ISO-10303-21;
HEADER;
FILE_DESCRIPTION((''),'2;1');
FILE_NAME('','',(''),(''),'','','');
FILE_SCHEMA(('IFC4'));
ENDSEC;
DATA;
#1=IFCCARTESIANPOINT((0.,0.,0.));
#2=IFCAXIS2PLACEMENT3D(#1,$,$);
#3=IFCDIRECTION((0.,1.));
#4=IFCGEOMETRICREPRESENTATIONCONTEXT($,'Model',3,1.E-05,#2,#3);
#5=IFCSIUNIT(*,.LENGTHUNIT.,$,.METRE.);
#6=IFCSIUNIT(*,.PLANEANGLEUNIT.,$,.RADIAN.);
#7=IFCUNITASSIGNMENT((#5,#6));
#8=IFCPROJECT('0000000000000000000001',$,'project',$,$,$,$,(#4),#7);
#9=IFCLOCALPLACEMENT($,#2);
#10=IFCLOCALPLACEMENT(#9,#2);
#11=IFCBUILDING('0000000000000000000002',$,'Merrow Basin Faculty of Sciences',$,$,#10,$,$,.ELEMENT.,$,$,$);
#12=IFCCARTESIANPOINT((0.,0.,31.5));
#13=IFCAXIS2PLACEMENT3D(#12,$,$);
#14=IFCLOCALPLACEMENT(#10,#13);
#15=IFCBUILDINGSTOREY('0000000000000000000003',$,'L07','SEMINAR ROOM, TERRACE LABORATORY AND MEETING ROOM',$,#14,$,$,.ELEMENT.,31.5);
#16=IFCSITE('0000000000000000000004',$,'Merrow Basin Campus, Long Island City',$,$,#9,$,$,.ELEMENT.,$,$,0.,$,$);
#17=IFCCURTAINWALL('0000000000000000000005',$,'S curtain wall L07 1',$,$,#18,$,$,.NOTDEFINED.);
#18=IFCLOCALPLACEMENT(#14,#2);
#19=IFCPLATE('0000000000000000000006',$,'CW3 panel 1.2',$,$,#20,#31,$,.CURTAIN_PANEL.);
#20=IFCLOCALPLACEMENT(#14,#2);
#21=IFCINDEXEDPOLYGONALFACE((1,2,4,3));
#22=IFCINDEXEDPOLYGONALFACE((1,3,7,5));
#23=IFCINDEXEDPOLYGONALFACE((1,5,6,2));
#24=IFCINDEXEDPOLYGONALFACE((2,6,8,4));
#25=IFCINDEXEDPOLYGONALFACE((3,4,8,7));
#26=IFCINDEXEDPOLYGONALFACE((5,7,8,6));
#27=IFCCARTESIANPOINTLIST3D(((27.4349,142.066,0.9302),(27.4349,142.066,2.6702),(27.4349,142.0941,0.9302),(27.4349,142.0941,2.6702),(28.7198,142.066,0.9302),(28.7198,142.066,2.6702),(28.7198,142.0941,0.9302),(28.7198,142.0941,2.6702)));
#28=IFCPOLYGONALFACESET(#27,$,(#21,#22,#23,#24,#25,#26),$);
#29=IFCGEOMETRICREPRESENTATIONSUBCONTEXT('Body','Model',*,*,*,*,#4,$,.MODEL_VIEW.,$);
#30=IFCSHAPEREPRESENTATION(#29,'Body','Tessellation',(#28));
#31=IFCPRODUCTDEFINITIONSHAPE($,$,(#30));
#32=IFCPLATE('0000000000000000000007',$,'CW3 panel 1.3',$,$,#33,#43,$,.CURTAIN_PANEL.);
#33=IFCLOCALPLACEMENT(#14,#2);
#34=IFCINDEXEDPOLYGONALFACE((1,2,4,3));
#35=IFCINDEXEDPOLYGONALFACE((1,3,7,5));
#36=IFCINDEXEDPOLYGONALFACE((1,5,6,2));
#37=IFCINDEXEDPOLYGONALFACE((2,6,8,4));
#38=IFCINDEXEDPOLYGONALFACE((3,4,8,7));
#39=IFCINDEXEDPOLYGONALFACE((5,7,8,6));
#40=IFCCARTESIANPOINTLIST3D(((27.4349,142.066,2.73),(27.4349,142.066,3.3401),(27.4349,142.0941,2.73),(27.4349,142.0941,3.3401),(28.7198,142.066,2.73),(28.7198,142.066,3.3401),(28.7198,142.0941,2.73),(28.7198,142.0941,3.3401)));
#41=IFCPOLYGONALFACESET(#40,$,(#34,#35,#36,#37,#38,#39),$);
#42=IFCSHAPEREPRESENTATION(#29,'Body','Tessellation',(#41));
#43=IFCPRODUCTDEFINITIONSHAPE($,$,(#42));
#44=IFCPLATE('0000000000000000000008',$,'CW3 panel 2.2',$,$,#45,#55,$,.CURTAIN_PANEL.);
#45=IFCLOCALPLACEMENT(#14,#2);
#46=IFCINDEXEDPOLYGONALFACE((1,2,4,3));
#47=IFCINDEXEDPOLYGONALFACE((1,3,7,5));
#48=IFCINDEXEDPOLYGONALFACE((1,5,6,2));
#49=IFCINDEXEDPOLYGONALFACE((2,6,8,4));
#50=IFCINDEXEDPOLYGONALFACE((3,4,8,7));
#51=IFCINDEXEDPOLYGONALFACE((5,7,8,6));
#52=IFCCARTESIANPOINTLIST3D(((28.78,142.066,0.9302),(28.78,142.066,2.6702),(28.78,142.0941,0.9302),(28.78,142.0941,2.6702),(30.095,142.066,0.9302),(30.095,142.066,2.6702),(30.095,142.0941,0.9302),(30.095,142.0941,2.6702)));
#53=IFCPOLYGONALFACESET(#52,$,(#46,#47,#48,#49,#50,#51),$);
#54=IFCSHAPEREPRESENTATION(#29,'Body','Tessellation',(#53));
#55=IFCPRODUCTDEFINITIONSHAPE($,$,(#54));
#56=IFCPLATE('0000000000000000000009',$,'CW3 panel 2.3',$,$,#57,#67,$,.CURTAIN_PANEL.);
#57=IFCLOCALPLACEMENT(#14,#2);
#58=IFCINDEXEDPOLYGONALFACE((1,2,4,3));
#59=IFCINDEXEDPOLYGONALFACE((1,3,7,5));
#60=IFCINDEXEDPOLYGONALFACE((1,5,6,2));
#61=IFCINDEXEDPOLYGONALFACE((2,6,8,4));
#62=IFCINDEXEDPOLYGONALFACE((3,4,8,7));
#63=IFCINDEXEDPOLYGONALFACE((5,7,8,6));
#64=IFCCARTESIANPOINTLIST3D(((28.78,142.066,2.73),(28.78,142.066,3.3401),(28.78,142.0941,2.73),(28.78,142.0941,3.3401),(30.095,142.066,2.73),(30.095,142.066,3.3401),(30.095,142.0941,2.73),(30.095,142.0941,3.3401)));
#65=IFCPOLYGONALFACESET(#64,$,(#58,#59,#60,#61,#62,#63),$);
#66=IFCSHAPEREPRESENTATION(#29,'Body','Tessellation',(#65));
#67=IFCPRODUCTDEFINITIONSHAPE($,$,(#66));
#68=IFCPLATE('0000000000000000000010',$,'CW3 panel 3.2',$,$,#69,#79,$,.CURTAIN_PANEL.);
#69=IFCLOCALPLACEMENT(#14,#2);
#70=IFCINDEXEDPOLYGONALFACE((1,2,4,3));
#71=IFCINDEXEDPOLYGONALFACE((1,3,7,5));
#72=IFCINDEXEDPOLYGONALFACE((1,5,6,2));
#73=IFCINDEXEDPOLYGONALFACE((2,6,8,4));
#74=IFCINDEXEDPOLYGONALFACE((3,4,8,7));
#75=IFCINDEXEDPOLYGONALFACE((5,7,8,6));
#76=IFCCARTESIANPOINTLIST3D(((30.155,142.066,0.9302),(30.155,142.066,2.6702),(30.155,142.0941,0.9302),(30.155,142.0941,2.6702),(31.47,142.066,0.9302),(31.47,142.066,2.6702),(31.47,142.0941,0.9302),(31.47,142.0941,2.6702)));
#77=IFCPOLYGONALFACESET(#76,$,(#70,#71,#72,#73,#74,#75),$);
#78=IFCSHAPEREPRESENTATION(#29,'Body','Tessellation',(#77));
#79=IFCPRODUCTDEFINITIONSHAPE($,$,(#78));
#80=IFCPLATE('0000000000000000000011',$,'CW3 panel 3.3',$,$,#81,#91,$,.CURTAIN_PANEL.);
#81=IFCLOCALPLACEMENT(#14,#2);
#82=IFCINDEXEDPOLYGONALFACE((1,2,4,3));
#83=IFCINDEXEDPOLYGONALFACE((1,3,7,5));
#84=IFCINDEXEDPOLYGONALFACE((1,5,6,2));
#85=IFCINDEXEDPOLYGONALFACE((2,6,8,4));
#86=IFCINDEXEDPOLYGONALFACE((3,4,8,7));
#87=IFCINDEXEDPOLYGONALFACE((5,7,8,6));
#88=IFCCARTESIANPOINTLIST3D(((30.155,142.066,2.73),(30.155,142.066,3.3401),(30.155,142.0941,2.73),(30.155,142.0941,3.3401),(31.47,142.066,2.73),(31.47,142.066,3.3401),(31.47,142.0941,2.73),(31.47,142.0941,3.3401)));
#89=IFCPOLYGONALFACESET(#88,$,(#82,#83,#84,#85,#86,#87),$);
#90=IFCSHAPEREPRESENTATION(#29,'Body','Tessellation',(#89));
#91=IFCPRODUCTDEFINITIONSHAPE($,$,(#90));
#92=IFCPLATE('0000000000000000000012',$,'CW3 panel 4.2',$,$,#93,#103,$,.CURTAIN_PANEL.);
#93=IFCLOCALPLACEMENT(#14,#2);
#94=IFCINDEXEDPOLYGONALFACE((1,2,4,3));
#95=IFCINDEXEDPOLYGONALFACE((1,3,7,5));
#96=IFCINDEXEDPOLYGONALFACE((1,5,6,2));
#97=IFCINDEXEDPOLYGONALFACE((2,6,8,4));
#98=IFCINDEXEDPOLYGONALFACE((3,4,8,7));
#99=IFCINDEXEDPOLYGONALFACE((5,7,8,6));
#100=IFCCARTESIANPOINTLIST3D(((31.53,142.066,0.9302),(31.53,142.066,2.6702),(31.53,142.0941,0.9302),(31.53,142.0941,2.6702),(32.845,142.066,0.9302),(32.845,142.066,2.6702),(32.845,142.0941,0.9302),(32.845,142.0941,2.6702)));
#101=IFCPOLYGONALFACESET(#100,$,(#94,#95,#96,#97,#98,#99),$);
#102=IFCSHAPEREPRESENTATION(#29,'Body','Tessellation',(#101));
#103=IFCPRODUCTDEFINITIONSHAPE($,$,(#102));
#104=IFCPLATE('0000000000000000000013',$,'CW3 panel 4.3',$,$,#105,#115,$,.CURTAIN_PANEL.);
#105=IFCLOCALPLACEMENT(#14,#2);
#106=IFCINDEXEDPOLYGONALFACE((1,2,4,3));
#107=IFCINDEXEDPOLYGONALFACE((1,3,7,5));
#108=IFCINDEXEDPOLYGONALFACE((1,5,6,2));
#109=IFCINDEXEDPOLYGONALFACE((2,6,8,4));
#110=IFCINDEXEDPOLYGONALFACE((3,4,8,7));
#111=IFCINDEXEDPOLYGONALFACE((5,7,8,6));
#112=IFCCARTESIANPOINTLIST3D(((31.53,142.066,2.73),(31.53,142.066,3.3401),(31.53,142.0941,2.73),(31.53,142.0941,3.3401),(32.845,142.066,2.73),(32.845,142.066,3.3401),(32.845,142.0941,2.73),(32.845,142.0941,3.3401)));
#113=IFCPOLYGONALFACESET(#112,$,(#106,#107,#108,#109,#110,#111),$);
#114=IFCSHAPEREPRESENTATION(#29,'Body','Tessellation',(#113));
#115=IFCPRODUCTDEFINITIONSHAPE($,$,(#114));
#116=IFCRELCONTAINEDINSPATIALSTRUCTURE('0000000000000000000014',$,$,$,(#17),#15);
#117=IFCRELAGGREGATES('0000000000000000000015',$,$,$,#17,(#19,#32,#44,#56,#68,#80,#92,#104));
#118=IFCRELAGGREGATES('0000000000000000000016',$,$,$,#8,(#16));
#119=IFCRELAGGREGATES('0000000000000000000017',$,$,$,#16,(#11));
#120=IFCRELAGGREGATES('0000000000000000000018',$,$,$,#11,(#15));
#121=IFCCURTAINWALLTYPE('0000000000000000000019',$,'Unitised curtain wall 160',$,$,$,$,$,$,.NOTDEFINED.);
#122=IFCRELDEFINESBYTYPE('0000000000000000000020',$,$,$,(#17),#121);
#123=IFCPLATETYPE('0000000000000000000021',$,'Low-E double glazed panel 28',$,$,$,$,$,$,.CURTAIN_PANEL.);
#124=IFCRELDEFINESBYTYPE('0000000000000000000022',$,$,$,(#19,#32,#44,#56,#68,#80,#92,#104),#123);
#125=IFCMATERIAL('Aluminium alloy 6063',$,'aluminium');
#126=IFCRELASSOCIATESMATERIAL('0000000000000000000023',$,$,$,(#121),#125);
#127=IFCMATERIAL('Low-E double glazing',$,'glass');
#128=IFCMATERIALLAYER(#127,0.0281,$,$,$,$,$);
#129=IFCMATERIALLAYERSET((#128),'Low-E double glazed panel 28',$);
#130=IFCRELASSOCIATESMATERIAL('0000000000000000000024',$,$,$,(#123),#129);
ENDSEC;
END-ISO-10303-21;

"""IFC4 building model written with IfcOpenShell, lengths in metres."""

from ifc_helpers import new_model, si_unit, direction, frame, origin, origin_2d, place, context, subcontext, project, spatial, rectangle, extrude, material, layer, layer_set, type_object, element, aggregate, save


model = new_model("IFC4")

# Units and contexts
model_context = context("Model", 3, precision=1e-05, world=origin(), true_north=direction((0.0, 1.0)))
body_context = subcontext(model_context, "Body", "Model", "MODEL_VIEW")
ifc_project = project(units=[si_unit("LENGTHUNIT", "METRE"), si_unit("PLANEANGLEUNIT", "RADIAN")], contexts=[model_context])

# Site, building, storey
site_placement = place(None, origin())
site = spatial("IfcSite", under=ifc_project, at=site_placement, Name="Merrow Basin Campus, Long Island City", CompositionType="ELEMENT", RefElevation=0.0)
building_placement = place(site_placement, origin())
building = spatial("IfcBuilding", under=site, at=building_placement, Name="Merrow Basin Faculty of Sciences", CompositionType="ELEMENT")
storey_placement = place(building_placement, frame((0.0, 0.0, 31.5)))
storey = spatial("IfcBuildingStorey", under=building, at=storey_placement, Name="L07", Description="SEMINAR ROOM, TERRACE LABORATORY AND MEETING ROOM", CompositionType="ELEMENT", Elevation=31.5)

# Curtain wall, plates
ifc_material_1 = material(Name="Aluminium alloy 6063", Category="aluminium")
curtain_wall_type = type_object("IfcCurtainWallType", Name="Unitised curtain wall 160", PredefinedType="NOTDEFINED", material=ifc_material_1)
curtain_wall_placement = place(storey_placement, origin())
curtain_wall = element("IfcCurtainWall", 1, at=curtain_wall_placement, inside=storey, type_object=curtain_wall_type, Name="S curtain wall L07 1", PredefinedType="NOTDEFINED")
ifc_material_2 = material(Name="Low-E double glazing", Category="glass")
ifc_layer_1 = layer(ifc_material_2, 0.0281)
ifc_layer_set_1 = layer_set([ifc_layer_1], Name="Low-E double glazed panel 28")
plate_type_1 = type_object("IfcPlateType", Name="Low-E double glazed panel 28", PredefinedType="CURTAIN_PANEL", material=ifc_layer_set_1)
plate_1_placement = place(storey_placement, frame((28.0774, 142.0801, 0.9302), z_axis=(0.0, 0.0, 1.0), x_axis=(1.0, 0.0, 0.0)))
plate_1 = element("IfcPlate", 2, at=plate_1_placement, type_object=plate_type_1, Name="CW3 panel 1.2", PredefinedType="CURTAIN_PANEL", context=body_context, shape_type="SweptSolid", body=[
    extrude(rectangle(XDim=1.2849, YDim=0.0281, at=origin_2d()), origin(), (0.0, 0.0, 1.0), 1.74),
])
plate_2_placement = place(storey_placement, frame((28.0774, 142.0801, 2.73), z_axis=(0.0, 0.0, 1.0), x_axis=(1.0, 0.0, 0.0)))
plate_2 = element("IfcPlate", 3, at=plate_2_placement, type_object=plate_type_1, Name="CW3 panel 1.3", PredefinedType="CURTAIN_PANEL", context=body_context, shape_type="SweptSolid", body=[
    extrude(rectangle(XDim=1.2849, YDim=0.0281, at=origin_2d()), origin(), (0.0, 0.0, 1.0), 0.6101),
])
plate_3_placement = place(storey_placement, frame((29.4375, 142.0801, 0.9302), z_axis=(0.0, 0.0, 1.0), x_axis=(1.0, 0.0, 0.0)))
plate_3 = element("IfcPlate", 4, at=plate_3_placement, type_object=plate_type_1, Name="CW3 panel 2.2", PredefinedType="CURTAIN_PANEL", context=body_context, shape_type="SweptSolid", body=[
    extrude(rectangle(XDim=1.3149, YDim=0.0281, at=origin_2d()), origin(), (0.0, 0.0, 1.0), 1.74),
])
plate_4_placement = place(storey_placement, frame((29.4375, 142.0801, 2.73), z_axis=(0.0, 0.0, 1.0), x_axis=(1.0, 0.0, 0.0)))
plate_4 = element("IfcPlate", 5, at=plate_4_placement, type_object=plate_type_1, Name="CW3 panel 2.3", PredefinedType="CURTAIN_PANEL", context=body_context, shape_type="SweptSolid", body=[
    extrude(rectangle(XDim=1.3149, YDim=0.0281, at=origin_2d()), origin(), (0.0, 0.0, 1.0), 0.6101),
])
plate_5_placement = place(storey_placement, frame((30.8125, 142.0801, 0.9302), z_axis=(0.0, 0.0, 1.0), x_axis=(1.0, 0.0, 0.0)))
plate_5 = element("IfcPlate", 6, at=plate_5_placement, type_object=plate_type_1, Name="CW3 panel 3.2", PredefinedType="CURTAIN_PANEL", context=body_context, shape_type="SweptSolid", body=[
    extrude(rectangle(XDim=1.3149, YDim=0.0281, at=origin_2d()), origin(), (0.0, 0.0, 1.0), 1.74),
])
plate_6_placement = place(storey_placement, frame((30.8125, 142.0801, 2.73), z_axis=(0.0, 0.0, 1.0), x_axis=(1.0, 0.0, 0.0)))
plate_6 = element("IfcPlate", 7, at=plate_6_placement, type_object=plate_type_1, Name="CW3 panel 3.3", PredefinedType="CURTAIN_PANEL", context=body_context, shape_type="SweptSolid", body=[
    extrude(rectangle(XDim=1.3149, YDim=0.0281, at=origin_2d()), origin(), (0.0, 0.0, 1.0), 0.6101),
])
plate_7_placement = place(storey_placement, frame((32.1875, 142.0801, 0.9302), z_axis=(0.0, 0.0, 1.0), x_axis=(1.0, 0.0, 0.0)))
plate_7 = element("IfcPlate", 8, at=plate_7_placement, type_object=plate_type_1, Name="CW3 panel 4.2", PredefinedType="CURTAIN_PANEL", context=body_context, shape_type="SweptSolid", body=[
    extrude(rectangle(XDim=1.3149, YDim=0.0281, at=origin_2d()), origin(), (0.0, 0.0, 1.0), 1.74),
])
plate_8_placement = place(storey_placement, frame((32.1875, 142.0801, 2.73), z_axis=(0.0, 0.0, 1.0), x_axis=(1.0, 0.0, 0.0)))
plate_8 = element("IfcPlate", 9, at=plate_8_placement, type_object=plate_type_1, Name="CW3 panel 4.3", PredefinedType="CURTAIN_PANEL", context=body_context, shape_type="SweptSolid", body=[
    extrude(rectangle(XDim=1.3149, YDim=0.0281, at=origin_2d()), origin(), (0.0, 0.0, 1.0), 0.6101),
])
aggregate(curtain_wall, [plate_1, plate_2, plate_3, plate_4, plate_5, plate_6, plate_7, plate_8])

save(model, "model.ifc")
